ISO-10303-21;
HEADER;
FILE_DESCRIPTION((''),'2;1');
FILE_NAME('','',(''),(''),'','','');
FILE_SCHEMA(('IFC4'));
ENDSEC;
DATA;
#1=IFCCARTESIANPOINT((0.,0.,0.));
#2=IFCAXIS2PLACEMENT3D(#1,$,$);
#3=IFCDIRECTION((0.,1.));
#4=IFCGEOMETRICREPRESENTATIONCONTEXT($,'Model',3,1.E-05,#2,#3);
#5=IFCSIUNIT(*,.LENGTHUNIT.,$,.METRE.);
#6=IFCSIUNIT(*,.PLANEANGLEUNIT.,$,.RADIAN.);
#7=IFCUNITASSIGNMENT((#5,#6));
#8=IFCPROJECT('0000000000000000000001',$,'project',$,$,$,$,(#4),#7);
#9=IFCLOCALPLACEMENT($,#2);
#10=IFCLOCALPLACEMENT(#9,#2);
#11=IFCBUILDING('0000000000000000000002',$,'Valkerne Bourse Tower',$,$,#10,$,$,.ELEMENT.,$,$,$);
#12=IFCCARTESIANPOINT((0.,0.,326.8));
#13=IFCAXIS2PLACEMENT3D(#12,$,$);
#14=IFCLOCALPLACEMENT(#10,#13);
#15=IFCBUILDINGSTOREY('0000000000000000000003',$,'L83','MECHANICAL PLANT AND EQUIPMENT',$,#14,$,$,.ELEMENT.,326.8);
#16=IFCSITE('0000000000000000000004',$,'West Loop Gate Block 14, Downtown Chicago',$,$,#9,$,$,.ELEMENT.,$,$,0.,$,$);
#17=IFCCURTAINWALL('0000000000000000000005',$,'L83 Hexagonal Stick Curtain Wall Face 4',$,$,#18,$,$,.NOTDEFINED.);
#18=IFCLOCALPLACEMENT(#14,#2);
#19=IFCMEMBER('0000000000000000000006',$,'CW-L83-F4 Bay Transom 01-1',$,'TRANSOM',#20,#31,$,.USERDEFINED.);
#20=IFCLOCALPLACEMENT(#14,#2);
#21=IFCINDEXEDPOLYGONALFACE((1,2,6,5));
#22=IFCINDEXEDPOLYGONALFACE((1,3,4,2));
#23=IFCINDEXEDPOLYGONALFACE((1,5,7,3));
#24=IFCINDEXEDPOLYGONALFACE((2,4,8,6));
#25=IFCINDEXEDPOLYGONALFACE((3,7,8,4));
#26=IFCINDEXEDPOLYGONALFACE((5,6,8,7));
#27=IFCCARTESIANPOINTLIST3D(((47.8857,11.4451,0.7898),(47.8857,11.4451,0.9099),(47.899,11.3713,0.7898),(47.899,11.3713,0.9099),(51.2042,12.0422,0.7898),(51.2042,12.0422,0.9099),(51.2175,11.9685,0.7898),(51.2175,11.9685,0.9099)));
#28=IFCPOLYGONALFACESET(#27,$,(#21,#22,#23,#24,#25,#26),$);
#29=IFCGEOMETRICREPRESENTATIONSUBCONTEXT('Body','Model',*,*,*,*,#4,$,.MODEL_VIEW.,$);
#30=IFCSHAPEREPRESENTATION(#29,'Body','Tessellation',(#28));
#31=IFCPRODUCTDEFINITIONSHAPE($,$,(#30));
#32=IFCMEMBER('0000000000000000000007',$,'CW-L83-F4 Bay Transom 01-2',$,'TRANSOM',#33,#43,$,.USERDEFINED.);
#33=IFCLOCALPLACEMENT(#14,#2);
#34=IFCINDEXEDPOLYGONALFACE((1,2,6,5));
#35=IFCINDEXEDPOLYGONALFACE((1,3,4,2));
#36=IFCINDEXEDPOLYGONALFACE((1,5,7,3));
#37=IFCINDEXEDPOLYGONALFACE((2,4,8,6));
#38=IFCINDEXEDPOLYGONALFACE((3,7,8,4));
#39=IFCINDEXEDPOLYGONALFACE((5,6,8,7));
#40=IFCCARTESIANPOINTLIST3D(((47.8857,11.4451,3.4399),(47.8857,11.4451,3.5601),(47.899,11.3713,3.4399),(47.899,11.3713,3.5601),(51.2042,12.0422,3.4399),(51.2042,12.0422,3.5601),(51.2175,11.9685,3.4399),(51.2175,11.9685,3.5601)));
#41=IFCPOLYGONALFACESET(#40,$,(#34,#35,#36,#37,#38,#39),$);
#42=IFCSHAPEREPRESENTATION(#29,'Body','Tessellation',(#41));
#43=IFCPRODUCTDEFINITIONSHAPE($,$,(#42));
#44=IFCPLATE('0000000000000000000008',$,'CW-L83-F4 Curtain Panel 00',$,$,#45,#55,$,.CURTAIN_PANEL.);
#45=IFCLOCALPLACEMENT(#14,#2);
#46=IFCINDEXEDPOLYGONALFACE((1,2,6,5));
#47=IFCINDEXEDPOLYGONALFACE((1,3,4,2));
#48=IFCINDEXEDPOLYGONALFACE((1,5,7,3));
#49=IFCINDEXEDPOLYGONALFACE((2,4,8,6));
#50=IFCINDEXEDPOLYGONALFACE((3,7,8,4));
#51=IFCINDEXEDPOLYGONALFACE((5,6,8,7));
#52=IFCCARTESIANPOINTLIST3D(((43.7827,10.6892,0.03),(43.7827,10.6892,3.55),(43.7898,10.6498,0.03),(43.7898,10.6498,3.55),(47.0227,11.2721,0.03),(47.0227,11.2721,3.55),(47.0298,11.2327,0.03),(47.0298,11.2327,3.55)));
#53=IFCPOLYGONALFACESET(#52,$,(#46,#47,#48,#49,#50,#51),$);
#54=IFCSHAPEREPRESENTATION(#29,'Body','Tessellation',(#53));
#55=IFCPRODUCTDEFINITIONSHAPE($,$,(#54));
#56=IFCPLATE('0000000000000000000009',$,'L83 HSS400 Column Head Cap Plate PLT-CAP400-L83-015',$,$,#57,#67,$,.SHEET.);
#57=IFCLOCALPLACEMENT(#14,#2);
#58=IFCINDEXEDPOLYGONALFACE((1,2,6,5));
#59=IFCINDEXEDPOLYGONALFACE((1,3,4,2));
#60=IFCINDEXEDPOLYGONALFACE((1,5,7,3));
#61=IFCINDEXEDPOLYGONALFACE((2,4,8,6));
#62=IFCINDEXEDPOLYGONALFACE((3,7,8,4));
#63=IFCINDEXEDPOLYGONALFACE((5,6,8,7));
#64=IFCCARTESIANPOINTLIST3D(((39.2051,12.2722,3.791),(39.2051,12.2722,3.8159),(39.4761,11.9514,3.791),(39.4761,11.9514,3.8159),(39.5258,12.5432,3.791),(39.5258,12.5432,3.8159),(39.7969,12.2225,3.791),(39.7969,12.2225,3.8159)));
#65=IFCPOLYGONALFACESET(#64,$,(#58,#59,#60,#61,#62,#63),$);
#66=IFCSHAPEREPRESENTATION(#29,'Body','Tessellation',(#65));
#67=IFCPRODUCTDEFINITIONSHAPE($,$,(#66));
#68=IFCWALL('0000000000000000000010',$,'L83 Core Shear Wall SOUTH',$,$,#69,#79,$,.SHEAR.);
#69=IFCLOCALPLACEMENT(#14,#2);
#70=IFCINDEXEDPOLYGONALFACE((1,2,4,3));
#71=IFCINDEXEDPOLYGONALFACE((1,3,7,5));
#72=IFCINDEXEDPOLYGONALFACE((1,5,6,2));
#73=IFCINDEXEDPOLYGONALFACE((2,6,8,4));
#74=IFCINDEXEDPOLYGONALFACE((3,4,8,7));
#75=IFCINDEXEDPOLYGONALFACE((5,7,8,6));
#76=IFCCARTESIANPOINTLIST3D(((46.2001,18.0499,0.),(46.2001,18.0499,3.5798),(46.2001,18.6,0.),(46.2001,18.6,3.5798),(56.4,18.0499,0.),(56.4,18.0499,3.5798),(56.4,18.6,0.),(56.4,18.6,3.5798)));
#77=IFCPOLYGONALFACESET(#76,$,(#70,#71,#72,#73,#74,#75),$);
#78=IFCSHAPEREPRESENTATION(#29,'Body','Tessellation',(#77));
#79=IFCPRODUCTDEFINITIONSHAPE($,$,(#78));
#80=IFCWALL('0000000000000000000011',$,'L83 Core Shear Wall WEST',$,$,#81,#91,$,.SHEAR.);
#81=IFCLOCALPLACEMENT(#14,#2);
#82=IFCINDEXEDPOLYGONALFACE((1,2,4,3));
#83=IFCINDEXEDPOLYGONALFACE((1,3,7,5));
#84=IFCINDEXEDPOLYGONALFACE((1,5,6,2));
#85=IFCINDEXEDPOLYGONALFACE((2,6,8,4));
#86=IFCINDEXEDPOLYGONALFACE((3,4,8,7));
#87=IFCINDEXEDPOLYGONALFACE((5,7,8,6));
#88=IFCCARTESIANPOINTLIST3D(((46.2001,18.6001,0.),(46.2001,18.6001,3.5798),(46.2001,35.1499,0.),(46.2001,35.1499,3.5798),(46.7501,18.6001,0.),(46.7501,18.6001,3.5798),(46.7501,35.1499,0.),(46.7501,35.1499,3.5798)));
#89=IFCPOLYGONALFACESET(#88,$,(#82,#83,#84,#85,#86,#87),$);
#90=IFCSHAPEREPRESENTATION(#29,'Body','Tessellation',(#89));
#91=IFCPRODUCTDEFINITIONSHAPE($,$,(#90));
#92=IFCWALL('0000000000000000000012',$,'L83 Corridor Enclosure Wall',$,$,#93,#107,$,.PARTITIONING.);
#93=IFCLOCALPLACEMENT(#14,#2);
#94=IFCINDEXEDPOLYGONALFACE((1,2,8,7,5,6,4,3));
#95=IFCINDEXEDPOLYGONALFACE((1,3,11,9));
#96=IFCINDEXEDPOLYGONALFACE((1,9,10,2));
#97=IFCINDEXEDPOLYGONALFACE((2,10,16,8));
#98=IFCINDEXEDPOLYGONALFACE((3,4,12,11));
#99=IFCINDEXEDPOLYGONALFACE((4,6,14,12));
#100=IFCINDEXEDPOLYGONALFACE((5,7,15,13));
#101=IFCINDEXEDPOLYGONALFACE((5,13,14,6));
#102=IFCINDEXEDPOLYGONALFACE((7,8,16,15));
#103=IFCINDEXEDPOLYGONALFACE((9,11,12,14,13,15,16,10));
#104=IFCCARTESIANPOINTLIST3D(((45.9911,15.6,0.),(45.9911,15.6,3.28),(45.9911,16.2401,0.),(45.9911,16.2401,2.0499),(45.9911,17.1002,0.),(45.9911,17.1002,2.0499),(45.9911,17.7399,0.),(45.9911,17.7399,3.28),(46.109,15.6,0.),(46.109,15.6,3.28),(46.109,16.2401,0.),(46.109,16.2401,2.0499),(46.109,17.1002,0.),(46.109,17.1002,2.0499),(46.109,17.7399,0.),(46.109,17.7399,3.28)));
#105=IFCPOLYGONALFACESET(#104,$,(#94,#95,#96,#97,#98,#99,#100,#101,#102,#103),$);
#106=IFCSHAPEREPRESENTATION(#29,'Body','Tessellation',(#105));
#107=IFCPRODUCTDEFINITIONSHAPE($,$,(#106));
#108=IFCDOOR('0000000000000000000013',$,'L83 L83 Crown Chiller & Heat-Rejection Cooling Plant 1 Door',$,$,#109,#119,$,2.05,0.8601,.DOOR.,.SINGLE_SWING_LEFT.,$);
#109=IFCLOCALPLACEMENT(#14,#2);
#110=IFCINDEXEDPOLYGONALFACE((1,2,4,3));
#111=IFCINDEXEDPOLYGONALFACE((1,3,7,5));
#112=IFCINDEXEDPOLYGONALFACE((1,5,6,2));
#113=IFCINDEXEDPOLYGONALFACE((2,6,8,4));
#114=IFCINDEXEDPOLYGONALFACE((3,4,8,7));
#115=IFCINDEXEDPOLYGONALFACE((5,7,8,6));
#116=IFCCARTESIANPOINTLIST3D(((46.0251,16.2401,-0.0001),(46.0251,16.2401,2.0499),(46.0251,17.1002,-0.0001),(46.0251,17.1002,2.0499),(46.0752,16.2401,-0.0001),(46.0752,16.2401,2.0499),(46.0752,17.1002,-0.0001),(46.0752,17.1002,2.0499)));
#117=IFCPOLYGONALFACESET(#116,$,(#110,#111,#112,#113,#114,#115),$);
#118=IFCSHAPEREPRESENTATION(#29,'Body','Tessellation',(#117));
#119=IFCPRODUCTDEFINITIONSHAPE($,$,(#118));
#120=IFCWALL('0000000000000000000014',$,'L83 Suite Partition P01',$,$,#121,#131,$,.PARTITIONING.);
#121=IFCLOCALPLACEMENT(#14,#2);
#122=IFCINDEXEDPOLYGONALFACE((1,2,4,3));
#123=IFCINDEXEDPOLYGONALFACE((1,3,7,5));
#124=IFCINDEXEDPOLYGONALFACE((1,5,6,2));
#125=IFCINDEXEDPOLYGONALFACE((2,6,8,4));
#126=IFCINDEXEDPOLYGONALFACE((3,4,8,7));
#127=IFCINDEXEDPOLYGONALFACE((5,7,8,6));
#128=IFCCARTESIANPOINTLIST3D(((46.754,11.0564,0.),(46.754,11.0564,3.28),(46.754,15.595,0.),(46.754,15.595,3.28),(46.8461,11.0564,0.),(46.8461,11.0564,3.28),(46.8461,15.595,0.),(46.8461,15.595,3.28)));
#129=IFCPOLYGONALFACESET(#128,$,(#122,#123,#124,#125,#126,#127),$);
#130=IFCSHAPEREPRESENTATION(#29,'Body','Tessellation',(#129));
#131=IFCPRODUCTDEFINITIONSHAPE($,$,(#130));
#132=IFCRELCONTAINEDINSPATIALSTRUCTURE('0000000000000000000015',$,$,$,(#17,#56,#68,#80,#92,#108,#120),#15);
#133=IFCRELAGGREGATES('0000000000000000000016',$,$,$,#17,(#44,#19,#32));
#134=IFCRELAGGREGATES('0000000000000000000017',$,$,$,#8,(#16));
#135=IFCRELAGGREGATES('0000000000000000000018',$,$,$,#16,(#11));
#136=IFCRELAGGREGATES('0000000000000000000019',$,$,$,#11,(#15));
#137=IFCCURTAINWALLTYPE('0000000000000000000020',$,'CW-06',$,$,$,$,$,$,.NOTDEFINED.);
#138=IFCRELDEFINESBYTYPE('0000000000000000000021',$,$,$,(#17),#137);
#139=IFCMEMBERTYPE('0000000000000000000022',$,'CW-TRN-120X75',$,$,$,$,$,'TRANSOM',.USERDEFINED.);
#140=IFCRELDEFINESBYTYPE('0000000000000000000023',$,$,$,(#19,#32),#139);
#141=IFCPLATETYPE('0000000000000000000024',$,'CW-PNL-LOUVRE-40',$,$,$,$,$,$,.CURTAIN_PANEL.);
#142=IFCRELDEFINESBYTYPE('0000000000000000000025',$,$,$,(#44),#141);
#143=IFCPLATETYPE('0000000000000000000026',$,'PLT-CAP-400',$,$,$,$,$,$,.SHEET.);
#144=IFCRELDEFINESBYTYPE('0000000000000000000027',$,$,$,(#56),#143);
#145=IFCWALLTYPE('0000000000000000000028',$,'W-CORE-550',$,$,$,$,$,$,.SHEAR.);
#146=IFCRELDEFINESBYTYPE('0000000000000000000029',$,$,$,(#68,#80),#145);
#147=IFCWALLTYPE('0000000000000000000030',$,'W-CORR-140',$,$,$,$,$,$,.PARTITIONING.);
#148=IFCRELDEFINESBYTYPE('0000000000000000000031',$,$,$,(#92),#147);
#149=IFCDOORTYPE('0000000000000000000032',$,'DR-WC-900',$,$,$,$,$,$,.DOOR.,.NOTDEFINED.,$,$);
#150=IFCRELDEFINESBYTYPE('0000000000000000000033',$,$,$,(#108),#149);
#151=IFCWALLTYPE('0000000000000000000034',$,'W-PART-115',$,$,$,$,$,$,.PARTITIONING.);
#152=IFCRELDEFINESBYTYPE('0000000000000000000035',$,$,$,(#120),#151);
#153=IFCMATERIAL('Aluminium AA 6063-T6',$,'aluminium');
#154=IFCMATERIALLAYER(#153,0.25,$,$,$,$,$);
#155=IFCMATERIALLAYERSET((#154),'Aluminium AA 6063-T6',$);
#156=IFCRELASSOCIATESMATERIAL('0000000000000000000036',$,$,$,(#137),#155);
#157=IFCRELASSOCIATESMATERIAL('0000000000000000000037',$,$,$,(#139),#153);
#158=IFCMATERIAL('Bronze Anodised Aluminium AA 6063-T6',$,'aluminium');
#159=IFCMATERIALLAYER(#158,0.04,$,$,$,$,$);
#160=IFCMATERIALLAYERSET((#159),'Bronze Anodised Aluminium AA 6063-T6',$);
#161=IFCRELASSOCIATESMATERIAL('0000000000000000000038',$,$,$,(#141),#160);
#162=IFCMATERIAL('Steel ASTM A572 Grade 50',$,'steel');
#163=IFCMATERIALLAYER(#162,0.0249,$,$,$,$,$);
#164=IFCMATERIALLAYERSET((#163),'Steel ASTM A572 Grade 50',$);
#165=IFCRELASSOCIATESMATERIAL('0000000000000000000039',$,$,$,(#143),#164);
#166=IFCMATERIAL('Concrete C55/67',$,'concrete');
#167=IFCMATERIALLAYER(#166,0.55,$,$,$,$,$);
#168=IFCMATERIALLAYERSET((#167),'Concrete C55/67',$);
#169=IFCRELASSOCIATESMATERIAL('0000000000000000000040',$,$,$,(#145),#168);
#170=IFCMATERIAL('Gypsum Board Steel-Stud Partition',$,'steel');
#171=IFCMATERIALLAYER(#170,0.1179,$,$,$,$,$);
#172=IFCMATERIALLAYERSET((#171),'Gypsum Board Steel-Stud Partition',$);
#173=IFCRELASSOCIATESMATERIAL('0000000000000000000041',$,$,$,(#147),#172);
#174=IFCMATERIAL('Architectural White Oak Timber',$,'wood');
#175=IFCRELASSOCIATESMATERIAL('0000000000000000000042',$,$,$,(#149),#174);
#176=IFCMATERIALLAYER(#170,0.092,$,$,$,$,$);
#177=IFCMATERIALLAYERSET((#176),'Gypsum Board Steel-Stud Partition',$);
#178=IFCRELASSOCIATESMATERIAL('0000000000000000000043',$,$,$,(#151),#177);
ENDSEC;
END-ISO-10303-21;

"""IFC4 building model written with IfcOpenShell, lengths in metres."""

from ifc_helpers import new_model, si_unit, direction, frame, frame_2d, origin, origin_2d, place, context, subcontext, project, spatial, rectangle, extrude, material, layer, layer_set, material_profile, profile_set, type_object, element, fill, aggregate, save


model = new_model("IFC4")

# Units and contexts
model_context = context("Model", 3, precision=1e-05, world=origin(), true_north=direction((0.0, 1.0)))
body_context = subcontext(model_context, "Body", "Model", "MODEL_VIEW")
ifc_project = project(units=[si_unit("LENGTHUNIT", "METRE"), si_unit("PLANEANGLEUNIT", "RADIAN")], contexts=[model_context])

# Site, building, storey
site_placement = place(None, origin())
site = spatial("IfcSite", under=ifc_project, at=site_placement, Name="West Loop Gate Block 14, Downtown Chicago", CompositionType="ELEMENT", RefElevation=0.0)
building_placement = place(site_placement, origin())
building = spatial("IfcBuilding", under=site, at=building_placement, Name="Valkerne Bourse Tower", CompositionType="ELEMENT")
storey_placement = place(building_placement, frame((0.0, 0.0, 326.8)))
storey = spatial("IfcBuildingStorey", under=building, at=storey_placement, Name="L83", Description="MECHANICAL PLANT AND EQUIPMENT", CompositionType="ELEMENT", Elevation=326.8)

# Shared definitions
ifc_material_1 = material(Name="Aluminium AA 6063-T6", Category="aluminium")
ifc_layer_1 = layer(ifc_material_1, 0.25)
ifc_layer_set_1 = layer_set([ifc_layer_1], Name="Aluminium AA 6063-T6")
curtain_wall_type = type_object("IfcCurtainWallType", Name="CW-06", PredefinedType="NOTDEFINED", material=ifc_layer_set_1)

# Curtain wall, members, plate
curtain_wall_1_placement = place(storey_placement, origin())
curtain_wall_1 = element("IfcCurtainWall", 1, at=curtain_wall_1_placement, inside=storey, type_object=curtain_wall_type, Name="L83 Hexagonal Stick Curtain Wall Face 4", PredefinedType="NOTDEFINED")
ifc_material_profile_1 = material_profile(ifc_material_1, rectangle(XDim=0.075, YDim=0.1201, at=origin_2d()), Name="CWT-75X120")
ifc_profile_set_1 = profile_set([ifc_material_profile_1], Name="Aluminium AA 6063-T6")
member_type_1 = type_object("IfcMemberType", Name="CW-TRN-120X75", ElementType="TRANSOM", PredefinedType="USERDEFINED", material=ifc_profile_set_1)
member_1_placement = place(storey_placement, frame((47.8923, 11.4082, 0.8499), z_axis=(0.984193, 0.177101, 0.0), x_axis=(-0.177101, 0.984193, 0.0)))
member_1 = element("IfcMember", 2, at=member_1_placement, type_object=member_type_1, Name="CW-L83-F4 Bay Transom 01-1", ObjectType="TRANSOM", PredefinedType="USERDEFINED", context=body_context, shape_type="SweptSolid", body=[
    extrude(rectangle(XDim=0.075, YDim=0.1201, at=origin_2d()), origin(), (0.0, 0.0, 1.0), 3.3718),
])
member_2_placement = place(storey_placement, frame((47.8923, 11.4082, 3.5), z_axis=(0.984193, 0.177101, 0.0), x_axis=(-0.177101, 0.984193, 0.0)))
member_2 = element("IfcMember", 3, at=member_2_placement, type_object=member_type_1, Name="CW-L83-F4 Bay Transom 01-2", ObjectType="TRANSOM", PredefinedType="USERDEFINED", context=body_context, shape_type="SweptSolid", body=[
    extrude(rectangle(XDim=0.075, YDim=0.1201, at=origin_2d()), origin(), (0.0, 0.0, 1.0), 3.3718),
])
ifc_material_2 = material(Name="Bronze Anodised Aluminium AA 6063-T6", Category="aluminium")
ifc_layer_2 = layer(ifc_material_2, 0.04)
ifc_layer_set_2 = layer_set([ifc_layer_2], Name="Bronze Anodised Aluminium AA 6063-T6")
plate_type_1 = type_object("IfcPlateType", Name="CW-PNL-LOUVRE-40", PredefinedType="CURTAIN_PANEL", material=ifc_layer_set_2)
plate_1_placement = place(storey_placement, frame((45.4062, 10.9609, 0.03), z_axis=(0.0, 0.0, 1.0), x_axis=(0.984195, 0.177086, 0.0)))
plate_1 = element("IfcPlate", 4, at=plate_1_placement, type_object=plate_type_1, Name="CW-L83-F4 Curtain Panel 00", PredefinedType="CURTAIN_PANEL", context=body_context, shape_type="SweptSolid", body=[
    extrude(rectangle(XDim=3.292, YDim=0.04, at=origin_2d()), origin(), (0.0, 0.0, 1.0), 3.52),
])
aggregate(curtain_wall_1, [plate_1, member_1, member_2])

# Plate
ifc_material_3 = material(Name="Steel ASTM A572 Grade 50", Category="steel")
ifc_layer_3 = layer(ifc_material_3, 0.0249)
ifc_layer_set_3 = layer_set([ifc_layer_3], Name="Steel ASTM A572 Grade 50")
plate_type_2 = type_object("IfcPlateType", Name="PLT-CAP-400", PredefinedType="SHEET", material=ifc_layer_set_3)
plate_2_placement = place(storey_placement, frame((39.501, 12.2473, 3.791), z_axis=(0.0, 0.0, 1.0), x_axis=(0.645458, -0.763796, 0.0)))
element("IfcPlate", 5, at=plate_2_placement, inside=storey, type_object=plate_type_2, Name="L83 HSS400 Column Head Cap Plate PLT-CAP400-L83-015", PredefinedType="SHEET", context=body_context, shape_type="SweptSolid", body=[
    extrude(rectangle(XDim=0.4199, YDim=0.4199, at=origin_2d()), origin(), (0.0, 0.0, 1.0), 0.0249),
])

# Walls
ifc_material_4 = material(Name="Concrete C55/67", Category="concrete")
ifc_layer_4 = layer(ifc_material_4, 0.55)
ifc_layer_set_4 = layer_set([ifc_layer_4], Name="Concrete C55/67")
wall_type_1 = type_object("IfcWallType", Name="W-CORE-550", PredefinedType="SHEAR", material=ifc_layer_set_4)
wall_1_placement = place(storey_placement, frame((46.2, 18.325, 0.0), z_axis=(0.0, 0.0, 1.0), x_axis=(1.0, 0.0, 0.0)))
element("IfcWall", 6, at=wall_1_placement, inside=storey, type_object=wall_type_1, Name="L83 Core Shear Wall SOUTH", PredefinedType="SHEAR", context=body_context, shape_type="SweptSolid", body=[
    extrude(rectangle(XDim=10.2, YDim=0.55, at=frame_2d((5.1001, 0.0))), origin(), (0.0, 0.0, 1.0), 3.5798),
])
wall_2_placement = place(storey_placement, frame((46.4751, 18.6001, 0.0), z_axis=(0.0, 0.0, 1.0), x_axis=(0.0, 1.0, 0.0)))
element("IfcWall", 7, at=wall_2_placement, inside=storey, type_object=wall_type_1, Name="L83 Core Shear Wall WEST", PredefinedType="SHEAR", context=body_context, shape_type="SweptSolid", body=[
    extrude(rectangle(XDim=16.5498, YDim=0.55, at=frame_2d((8.2749, 0.0))), origin(), (0.0, 0.0, 1.0), 3.5798),
])

# Wall, opening, door
ifc_material_5 = material(Name="Gypsum Board Steel-Stud Partition", Category="steel")
ifc_layer_5 = layer(ifc_material_5, 0.1179)
ifc_layer_set_5 = layer_set([ifc_layer_5], Name="Gypsum Board Steel-Stud Partition")
wall_type_2 = type_object("IfcWallType", Name="W-CORR-140", PredefinedType="PARTITIONING", material=ifc_layer_set_5)
wall_3_placement = place(storey_placement, frame((46.05, 15.6001, 0.0), z_axis=(0.0, 0.0, 1.0), x_axis=(0.0, 1.0, 0.0)))
wall_3 = element("IfcWall", 8, at=wall_3_placement, inside=storey, type_object=wall_type_2, Name="L83 Corridor Enclosure Wall", PredefinedType="PARTITIONING", context=body_context, shape_type="SweptSolid", body=[
    extrude(rectangle(XDim=2.1399, YDim=0.1179, at=frame_2d((1.0698, 0.0))), origin(), (0.0, 0.0, 1.0), 3.28),
])
opening_placement = place(wall_3_placement, frame((0.6399, 0.0, 0.0)))
opening = element("IfcOpeningElement", 9, at=opening_placement, cuts=wall_3, PredefinedType="OPENING", context=body_context, shape_type="SweptSolid", body=[
    extrude(rectangle(XDim=0.8601, YDim=2.05, at=frame_2d((0.4302, 1.0249))), frame((0.0, 0.0688, 0.0), z_axis=(0.0, -1.0, 0.0), x_axis=(1.0, 0.0, 0.0)), (0.0, 0.0, 1.0), 0.1379),
])
ifc_material_6 = material(Name="Architectural White Oak Timber", Category="wood")
door_type = type_object("IfcDoorType", Name="DR-WC-900", OperationType="NOTDEFINED", PredefinedType="DOOR", material=ifc_material_6)
door_placement = place(opening_placement, origin())
door = element("IfcDoor", 10, at=door_placement, inside=storey, type_object=door_type, Name="L83 L83 Crown Chiller & Heat-Rejection Cooling Plant 1 Door", OperationType="SINGLE_SWING_LEFT", OverallHeight=2.05, OverallWidth=0.8601, PredefinedType="DOOR", context=body_context, shape_type="SweptSolid", body=[
    extrude(rectangle(XDim=0.8601, YDim=2.05, at=frame_2d((0.4302, 1.0249))), frame((0.0, 0.0249, 0.0), z_axis=(0.0, -1.0, 0.0), x_axis=(1.0, 0.0, 0.0)), (0.0, 0.0, 1.0), 0.05),
])
fill(opening, door)

# Wall
ifc_layer_6 = layer(ifc_material_5, 0.092)
ifc_layer_set_6 = layer_set([ifc_layer_6], Name="Gypsum Board Steel-Stud Partition")
wall_type_3 = type_object("IfcWallType", Name="W-PART-115", PredefinedType="PARTITIONING", material=ifc_layer_set_6)
wall_4_placement = place(storey_placement, frame((46.8, 15.595, 0.0), z_axis=(0.0, 0.0, 1.0), x_axis=(0.0, -1.0, 0.0)))
element("IfcWall", 11, at=wall_4_placement, inside=storey, type_object=wall_type_3, Name="L83 Suite Partition P01", PredefinedType="PARTITIONING", context=body_context, shape_type="SweptSolid", body=[
    extrude(rectangle(XDim=4.5386, YDim=0.092, at=frame_2d((2.2693, 0.0))), origin(), (0.0, 0.0, 1.0), 3.28),
])

save(model, "model.ifc")
